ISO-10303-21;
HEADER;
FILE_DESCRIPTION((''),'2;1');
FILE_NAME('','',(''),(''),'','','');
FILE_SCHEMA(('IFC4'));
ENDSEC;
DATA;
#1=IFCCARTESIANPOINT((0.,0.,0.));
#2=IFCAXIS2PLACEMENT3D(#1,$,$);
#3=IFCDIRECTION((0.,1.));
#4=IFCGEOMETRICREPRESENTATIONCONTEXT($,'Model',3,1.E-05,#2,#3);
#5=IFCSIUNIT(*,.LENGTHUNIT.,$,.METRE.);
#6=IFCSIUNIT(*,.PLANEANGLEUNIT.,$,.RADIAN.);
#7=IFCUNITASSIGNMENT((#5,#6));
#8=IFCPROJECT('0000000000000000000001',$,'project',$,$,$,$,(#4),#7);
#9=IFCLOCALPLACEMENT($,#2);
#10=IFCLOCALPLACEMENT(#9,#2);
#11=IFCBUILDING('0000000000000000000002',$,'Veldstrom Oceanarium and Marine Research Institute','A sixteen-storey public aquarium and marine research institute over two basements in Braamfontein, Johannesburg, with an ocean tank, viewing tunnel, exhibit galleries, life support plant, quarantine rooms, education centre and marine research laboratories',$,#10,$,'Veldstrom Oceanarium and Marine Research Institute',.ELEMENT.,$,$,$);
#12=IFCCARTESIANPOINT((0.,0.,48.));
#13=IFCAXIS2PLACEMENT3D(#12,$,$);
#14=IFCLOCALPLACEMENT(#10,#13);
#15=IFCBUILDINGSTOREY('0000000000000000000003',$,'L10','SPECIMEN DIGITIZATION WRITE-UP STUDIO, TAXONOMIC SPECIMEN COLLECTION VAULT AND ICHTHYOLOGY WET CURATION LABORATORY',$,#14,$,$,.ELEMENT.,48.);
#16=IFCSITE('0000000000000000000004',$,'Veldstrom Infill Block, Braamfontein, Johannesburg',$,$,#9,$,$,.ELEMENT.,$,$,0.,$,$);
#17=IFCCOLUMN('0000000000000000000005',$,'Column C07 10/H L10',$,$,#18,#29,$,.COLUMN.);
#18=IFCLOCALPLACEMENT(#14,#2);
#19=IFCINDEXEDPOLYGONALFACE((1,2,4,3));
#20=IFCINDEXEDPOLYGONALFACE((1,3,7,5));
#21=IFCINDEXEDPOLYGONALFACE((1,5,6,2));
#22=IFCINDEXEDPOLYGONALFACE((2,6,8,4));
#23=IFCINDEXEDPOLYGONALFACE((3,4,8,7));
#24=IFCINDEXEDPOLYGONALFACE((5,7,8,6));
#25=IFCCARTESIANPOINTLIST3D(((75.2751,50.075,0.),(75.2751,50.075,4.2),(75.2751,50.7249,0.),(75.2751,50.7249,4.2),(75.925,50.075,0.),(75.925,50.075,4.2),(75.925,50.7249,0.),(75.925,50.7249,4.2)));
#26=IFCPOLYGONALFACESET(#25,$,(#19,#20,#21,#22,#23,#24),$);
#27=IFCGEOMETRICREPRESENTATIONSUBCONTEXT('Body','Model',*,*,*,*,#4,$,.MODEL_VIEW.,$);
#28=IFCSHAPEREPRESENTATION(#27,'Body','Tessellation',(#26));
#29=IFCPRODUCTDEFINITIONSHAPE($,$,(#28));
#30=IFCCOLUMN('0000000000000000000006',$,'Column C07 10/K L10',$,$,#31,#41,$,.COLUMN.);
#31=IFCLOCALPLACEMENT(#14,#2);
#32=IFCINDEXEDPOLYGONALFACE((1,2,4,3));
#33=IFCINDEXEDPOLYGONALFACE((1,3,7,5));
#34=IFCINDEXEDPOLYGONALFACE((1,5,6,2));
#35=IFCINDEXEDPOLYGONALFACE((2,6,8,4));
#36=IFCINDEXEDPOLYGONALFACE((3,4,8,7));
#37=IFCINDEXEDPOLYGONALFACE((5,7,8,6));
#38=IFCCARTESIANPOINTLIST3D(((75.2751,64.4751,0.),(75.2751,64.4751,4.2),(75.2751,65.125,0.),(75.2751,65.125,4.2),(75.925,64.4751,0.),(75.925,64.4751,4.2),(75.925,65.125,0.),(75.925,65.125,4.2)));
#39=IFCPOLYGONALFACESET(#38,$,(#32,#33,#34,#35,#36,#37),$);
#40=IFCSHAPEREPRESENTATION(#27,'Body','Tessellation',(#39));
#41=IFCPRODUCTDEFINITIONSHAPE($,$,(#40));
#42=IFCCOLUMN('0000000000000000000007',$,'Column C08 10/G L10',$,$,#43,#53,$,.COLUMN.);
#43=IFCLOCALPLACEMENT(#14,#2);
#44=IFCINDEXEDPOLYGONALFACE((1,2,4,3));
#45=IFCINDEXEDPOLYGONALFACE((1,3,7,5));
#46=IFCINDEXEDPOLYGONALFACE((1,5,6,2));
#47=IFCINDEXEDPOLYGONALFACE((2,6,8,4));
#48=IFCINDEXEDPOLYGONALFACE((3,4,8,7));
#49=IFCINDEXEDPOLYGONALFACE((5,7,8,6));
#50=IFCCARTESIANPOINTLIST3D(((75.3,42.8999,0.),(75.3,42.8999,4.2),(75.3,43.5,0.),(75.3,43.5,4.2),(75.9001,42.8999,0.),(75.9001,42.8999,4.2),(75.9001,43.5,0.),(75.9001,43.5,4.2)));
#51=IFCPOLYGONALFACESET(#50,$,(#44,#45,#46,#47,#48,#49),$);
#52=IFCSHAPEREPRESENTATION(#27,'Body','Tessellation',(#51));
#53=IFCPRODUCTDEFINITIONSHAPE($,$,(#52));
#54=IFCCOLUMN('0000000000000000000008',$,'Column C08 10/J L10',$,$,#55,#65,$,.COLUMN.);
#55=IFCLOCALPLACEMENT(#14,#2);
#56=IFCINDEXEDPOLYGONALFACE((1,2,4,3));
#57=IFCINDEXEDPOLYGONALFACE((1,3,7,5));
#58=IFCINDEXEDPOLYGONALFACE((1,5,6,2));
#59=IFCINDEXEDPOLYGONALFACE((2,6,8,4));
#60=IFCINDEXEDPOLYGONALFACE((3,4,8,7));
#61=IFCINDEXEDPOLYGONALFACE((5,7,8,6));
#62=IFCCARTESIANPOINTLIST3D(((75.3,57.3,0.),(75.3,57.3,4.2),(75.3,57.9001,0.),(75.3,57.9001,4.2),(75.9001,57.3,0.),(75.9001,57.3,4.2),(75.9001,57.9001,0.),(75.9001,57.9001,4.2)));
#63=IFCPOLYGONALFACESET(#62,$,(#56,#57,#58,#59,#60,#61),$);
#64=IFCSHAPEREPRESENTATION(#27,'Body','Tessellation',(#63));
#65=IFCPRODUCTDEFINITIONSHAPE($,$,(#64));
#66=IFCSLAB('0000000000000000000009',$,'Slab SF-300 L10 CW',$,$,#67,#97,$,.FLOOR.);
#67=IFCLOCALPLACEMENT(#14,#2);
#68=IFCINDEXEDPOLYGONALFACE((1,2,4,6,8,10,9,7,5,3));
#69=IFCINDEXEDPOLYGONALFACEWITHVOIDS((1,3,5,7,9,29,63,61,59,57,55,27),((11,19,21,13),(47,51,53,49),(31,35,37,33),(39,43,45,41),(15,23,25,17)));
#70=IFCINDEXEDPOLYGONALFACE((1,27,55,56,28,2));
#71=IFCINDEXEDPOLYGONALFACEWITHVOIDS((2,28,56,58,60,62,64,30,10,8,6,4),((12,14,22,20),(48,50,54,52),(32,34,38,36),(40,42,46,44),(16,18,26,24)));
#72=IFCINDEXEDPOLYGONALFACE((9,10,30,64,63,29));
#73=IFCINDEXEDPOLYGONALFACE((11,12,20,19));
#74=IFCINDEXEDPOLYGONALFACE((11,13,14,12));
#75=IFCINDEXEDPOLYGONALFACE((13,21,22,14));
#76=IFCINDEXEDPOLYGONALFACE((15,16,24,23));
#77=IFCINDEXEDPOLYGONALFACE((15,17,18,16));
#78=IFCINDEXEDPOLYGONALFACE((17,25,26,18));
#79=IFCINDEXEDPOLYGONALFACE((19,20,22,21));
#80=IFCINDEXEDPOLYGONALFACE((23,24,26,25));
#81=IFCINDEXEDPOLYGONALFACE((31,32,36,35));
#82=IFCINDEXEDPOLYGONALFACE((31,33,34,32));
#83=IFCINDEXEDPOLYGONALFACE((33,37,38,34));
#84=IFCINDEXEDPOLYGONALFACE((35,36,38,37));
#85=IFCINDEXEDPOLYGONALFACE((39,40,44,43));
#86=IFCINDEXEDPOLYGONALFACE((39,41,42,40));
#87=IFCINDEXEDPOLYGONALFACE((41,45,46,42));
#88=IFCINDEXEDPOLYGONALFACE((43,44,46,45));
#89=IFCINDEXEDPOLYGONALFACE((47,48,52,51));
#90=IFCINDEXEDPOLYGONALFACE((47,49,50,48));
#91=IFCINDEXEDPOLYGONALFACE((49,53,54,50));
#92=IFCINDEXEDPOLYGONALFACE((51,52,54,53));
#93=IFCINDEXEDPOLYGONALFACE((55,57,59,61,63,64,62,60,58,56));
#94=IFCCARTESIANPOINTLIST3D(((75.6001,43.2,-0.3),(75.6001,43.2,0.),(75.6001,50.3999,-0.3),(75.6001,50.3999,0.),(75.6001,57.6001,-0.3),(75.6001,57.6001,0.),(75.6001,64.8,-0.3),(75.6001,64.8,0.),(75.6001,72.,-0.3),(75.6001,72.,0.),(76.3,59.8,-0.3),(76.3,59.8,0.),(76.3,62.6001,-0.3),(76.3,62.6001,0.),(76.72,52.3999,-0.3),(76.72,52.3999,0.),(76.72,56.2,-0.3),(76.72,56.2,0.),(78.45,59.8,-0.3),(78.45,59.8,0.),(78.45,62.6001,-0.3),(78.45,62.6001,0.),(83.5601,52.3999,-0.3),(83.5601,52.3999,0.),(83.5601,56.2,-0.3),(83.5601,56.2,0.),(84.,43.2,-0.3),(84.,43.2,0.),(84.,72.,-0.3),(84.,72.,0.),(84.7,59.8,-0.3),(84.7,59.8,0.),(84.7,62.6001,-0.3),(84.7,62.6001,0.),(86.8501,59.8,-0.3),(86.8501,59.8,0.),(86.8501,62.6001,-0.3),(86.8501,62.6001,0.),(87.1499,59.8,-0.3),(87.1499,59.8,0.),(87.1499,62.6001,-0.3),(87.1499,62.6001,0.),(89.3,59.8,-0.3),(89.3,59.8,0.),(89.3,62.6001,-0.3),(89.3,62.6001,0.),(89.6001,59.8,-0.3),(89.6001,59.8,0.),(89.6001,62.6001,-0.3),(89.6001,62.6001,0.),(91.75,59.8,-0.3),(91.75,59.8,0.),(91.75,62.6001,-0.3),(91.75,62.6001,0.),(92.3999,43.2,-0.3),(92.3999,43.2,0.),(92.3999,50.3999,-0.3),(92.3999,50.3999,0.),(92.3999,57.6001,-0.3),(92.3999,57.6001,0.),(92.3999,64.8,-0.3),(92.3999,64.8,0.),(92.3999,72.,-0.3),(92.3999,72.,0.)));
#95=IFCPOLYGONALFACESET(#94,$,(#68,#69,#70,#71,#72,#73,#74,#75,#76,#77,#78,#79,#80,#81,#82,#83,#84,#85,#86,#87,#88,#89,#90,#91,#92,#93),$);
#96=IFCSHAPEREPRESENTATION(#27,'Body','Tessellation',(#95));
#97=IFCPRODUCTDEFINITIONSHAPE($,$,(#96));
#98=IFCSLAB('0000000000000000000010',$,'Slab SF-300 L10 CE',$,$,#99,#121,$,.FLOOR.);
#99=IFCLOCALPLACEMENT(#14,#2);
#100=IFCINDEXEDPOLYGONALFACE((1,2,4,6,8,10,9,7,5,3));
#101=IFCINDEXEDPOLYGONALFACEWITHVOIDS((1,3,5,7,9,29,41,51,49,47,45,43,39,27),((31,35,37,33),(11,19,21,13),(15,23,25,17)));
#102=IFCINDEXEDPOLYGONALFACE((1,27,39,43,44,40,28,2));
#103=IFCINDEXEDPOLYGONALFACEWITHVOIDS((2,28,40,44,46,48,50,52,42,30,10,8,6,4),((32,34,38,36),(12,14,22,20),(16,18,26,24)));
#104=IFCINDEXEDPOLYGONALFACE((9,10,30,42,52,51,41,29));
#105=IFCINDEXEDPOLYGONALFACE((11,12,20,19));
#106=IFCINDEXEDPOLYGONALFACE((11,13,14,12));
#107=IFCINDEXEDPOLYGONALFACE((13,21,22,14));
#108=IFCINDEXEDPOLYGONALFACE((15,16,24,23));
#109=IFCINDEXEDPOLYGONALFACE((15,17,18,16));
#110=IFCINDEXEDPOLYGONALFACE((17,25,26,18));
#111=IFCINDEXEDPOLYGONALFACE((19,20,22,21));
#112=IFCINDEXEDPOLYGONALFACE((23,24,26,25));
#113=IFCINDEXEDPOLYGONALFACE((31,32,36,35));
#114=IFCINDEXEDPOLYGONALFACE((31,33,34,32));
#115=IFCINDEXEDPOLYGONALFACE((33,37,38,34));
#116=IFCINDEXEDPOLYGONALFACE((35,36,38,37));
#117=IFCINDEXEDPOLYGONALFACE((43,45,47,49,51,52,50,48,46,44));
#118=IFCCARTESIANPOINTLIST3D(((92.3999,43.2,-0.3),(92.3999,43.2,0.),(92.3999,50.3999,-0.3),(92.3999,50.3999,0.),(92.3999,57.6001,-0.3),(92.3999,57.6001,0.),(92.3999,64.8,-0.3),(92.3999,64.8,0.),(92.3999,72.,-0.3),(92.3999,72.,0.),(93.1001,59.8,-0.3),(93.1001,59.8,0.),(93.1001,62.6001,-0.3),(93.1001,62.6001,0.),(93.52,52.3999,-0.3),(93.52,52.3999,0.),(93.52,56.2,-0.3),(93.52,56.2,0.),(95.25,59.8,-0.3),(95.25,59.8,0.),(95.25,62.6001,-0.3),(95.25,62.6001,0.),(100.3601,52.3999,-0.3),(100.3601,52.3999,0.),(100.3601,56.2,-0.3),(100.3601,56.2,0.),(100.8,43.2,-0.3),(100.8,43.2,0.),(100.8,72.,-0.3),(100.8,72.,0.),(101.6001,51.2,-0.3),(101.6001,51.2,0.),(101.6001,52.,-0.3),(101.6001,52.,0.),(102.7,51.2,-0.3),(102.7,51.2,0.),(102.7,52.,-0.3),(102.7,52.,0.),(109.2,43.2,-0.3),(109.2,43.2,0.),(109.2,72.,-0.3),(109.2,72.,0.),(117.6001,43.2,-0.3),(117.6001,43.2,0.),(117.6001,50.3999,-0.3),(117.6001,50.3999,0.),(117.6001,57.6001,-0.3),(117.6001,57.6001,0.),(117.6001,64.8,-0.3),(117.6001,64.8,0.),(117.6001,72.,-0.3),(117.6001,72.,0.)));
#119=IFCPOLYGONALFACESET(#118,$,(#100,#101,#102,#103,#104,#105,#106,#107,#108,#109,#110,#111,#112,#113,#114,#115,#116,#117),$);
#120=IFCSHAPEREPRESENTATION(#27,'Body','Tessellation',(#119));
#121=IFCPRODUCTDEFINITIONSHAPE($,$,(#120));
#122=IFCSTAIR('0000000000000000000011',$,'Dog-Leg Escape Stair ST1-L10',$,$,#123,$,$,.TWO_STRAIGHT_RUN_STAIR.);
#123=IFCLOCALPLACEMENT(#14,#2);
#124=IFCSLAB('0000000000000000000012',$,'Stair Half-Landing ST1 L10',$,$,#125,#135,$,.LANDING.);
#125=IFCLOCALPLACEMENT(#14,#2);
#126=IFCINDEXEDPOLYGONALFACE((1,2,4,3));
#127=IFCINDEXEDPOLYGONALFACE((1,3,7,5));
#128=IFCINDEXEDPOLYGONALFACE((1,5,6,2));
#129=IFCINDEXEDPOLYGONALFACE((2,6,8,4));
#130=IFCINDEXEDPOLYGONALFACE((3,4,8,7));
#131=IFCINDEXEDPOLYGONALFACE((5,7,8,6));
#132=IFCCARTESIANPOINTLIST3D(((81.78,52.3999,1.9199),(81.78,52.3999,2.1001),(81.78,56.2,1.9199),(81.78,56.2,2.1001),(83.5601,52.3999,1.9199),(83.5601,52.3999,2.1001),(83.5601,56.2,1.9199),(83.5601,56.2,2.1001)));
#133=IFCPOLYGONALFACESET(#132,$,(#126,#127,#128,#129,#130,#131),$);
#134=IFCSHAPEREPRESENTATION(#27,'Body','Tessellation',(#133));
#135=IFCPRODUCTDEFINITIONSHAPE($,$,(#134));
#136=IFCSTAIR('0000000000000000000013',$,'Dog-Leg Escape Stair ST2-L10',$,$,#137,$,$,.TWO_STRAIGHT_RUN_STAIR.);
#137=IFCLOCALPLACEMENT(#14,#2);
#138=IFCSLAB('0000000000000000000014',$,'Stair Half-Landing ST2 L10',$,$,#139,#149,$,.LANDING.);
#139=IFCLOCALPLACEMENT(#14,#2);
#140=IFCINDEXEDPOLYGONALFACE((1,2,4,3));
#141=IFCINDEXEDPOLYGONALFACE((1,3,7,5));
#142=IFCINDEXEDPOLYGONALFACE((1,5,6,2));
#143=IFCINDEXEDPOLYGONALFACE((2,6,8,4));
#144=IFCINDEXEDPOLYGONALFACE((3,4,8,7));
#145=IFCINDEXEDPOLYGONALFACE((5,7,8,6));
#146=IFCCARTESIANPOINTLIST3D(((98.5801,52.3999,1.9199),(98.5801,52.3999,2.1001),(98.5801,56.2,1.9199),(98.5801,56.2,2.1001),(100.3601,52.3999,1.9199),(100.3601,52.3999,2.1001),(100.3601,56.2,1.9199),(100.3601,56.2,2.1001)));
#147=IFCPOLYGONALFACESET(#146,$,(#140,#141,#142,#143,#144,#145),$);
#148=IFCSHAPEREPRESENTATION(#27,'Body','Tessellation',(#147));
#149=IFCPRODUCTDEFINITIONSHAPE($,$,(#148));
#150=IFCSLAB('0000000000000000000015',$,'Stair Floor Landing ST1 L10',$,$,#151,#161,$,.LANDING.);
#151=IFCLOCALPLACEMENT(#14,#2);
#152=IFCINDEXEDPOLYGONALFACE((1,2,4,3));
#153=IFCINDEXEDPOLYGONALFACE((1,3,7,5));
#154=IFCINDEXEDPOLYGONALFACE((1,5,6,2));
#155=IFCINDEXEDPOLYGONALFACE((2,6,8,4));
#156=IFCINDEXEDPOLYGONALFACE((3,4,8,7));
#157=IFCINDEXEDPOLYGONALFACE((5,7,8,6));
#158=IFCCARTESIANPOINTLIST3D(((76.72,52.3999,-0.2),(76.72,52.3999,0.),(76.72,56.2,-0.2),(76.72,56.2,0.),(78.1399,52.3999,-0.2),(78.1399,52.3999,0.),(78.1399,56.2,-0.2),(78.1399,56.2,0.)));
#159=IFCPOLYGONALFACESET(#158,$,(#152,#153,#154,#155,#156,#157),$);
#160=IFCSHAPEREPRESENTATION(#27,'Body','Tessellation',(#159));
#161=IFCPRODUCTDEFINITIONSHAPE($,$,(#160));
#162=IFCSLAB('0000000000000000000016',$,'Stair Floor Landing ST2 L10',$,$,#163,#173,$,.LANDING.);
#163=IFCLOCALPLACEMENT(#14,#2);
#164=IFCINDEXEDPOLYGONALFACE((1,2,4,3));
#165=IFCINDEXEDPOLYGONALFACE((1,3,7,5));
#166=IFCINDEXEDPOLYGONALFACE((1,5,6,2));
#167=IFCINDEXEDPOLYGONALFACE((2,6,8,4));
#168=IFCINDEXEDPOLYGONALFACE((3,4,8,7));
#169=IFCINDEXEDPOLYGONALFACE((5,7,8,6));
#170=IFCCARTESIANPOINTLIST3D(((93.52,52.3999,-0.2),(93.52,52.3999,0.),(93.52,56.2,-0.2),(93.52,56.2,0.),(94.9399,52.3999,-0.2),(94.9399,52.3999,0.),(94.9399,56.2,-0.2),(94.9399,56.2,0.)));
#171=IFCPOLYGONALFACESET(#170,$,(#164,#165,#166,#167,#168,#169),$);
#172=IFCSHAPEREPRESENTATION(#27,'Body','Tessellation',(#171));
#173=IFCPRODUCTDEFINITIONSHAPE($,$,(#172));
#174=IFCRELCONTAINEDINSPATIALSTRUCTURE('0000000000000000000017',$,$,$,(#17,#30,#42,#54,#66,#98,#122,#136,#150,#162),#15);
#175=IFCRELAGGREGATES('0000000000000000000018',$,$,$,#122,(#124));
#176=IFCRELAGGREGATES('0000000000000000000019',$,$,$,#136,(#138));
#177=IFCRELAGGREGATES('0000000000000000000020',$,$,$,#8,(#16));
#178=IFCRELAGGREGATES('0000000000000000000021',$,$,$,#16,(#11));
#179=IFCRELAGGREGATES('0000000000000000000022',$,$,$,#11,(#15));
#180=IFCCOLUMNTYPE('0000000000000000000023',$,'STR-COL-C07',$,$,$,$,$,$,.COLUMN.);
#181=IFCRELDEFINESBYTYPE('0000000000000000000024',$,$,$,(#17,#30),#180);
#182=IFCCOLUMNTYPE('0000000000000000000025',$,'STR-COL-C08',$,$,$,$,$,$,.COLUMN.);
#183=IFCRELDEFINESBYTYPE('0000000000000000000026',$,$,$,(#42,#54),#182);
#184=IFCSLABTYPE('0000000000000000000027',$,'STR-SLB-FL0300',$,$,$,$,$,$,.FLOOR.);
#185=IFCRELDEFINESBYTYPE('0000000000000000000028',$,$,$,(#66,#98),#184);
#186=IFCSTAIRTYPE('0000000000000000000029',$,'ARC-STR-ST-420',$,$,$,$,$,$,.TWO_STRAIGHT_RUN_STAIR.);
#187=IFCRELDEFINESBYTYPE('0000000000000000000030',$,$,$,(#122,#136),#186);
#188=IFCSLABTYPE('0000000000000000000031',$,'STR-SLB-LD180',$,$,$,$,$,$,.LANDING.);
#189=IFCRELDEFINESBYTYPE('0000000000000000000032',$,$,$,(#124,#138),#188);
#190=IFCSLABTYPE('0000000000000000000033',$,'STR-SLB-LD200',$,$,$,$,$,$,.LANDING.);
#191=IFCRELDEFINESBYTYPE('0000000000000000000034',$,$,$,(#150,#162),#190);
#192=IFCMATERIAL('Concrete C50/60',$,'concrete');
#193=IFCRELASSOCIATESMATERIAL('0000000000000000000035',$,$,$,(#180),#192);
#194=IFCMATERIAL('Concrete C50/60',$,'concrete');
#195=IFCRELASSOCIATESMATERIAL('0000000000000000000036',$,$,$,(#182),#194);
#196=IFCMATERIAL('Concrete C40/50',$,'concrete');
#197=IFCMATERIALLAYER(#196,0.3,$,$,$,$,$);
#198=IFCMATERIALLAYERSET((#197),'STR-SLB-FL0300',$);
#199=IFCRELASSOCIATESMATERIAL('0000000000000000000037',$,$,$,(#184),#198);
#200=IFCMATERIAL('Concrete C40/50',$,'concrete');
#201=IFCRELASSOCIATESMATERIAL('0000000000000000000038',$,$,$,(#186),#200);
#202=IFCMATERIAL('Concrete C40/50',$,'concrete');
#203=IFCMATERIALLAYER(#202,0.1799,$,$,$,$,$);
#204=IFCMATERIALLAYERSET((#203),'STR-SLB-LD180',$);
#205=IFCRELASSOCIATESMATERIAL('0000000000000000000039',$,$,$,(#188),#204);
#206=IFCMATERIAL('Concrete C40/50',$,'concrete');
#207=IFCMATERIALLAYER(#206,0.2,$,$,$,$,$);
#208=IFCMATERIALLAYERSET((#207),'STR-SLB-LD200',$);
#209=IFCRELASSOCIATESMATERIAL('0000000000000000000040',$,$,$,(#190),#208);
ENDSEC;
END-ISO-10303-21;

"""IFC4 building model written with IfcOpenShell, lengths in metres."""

from ifc_helpers import new_model, si_unit, direction, frame, origin, origin_2d, place, context, subcontext, project, spatial, polyline, rectangle, outline, extrude, material, layer, layer_set, material_profile, profile_set, type_object, element, aggregate, save


model = new_model("IFC4")

# Units and contexts
model_context = context("Model", 3, precision=1e-05, world=origin(), true_north=direction((0.0, 1.0)))
body_context = subcontext(model_context, "Body", "Model", "MODEL_VIEW")
ifc_project = project(units=[si_unit("LENGTHUNIT", "METRE"), si_unit("PLANEANGLEUNIT", "RADIAN")], contexts=[model_context])

# Site, building, storey
site_placement = place(None, origin())
site = spatial("IfcSite", under=ifc_project, at=site_placement, Name="Veldstrom Infill Block, Braamfontein, Johannesburg", CompositionType="ELEMENT", RefElevation=0.0)
building_placement = place(site_placement, origin())
building = spatial("IfcBuilding", under=site, at=building_placement, Name="Veldstrom Oceanarium and Marine Research Institute", Description="A sixteen-storey public aquarium and marine research institute over two basements in Braamfontein, Johannesburg, with an ocean tank, viewing tunnel, exhibit galleries, life support plant, quarantine rooms, education centre and marine research laboratories", LongName="Veldstrom Oceanarium and Marine Research Institute", CompositionType="ELEMENT")
storey_placement = place(building_placement, frame((0.0, 0.0, 48.0)))
storey = spatial("IfcBuildingStorey", under=building, at=storey_placement, Name="L10", Description="SPECIMEN DIGITIZATION WRITE-UP STUDIO, TAXONOMIC SPECIMEN COLLECTION VAULT AND ICHTHYOLOGY WET CURATION LABORATORY", CompositionType="ELEMENT", Elevation=48.0)

# Columns
ifc_material_1 = material(Name="Concrete C50/60", Category="concrete")
ifc_material_profile_1 = material_profile(ifc_material_1, rectangle(XDim=0.6499, YDim=0.6499, at=origin_2d()), Name="RC-COL-650x650")
ifc_profile_set_1 = profile_set([ifc_material_profile_1], Name="Concrete C50/60")
column_type_1 = type_object("IfcColumnType", Name="STR-COL-C07", PredefinedType="COLUMN", material=ifc_profile_set_1)
for number, where, z_axis, x_axis, name in (
    (1, (75.6001, 50.3999, 0.0), (0.0, 0.0, 1.0), (1.0, 0.0, 0.0), "Column C07 10/H L10"),
    (2, (75.6001, 64.8, 0.0), (0.0, 0.0, 1.0), (1.0, 0.0, 0.0), "Column C07 10/K L10"),
):
    element("IfcColumn", number, at=place(storey_placement, frame(where, z_axis=z_axis, x_axis=x_axis)), inside=storey, type_object=column_type_1, Name=name, PredefinedType="COLUMN", context=body_context, shape_type="SweptSolid", body=[
        extrude(rectangle(XDim=0.6499, YDim=0.6499, at=origin_2d()), origin(), (0.0, 0.0, 1.0), 4.2),
    ])
ifc_material_2 = material(Name="Concrete C50/60", Category="concrete")
ifc_material_profile_2 = material_profile(ifc_material_2, rectangle(XDim=0.6001, YDim=0.6001, at=origin_2d()), Name="RC-COL-600x600")
ifc_profile_set_2 = profile_set([ifc_material_profile_2], Name="Concrete C50/60")
column_type_2 = type_object("IfcColumnType", Name="STR-COL-C08", PredefinedType="COLUMN", material=ifc_profile_set_2)
for number, where, z_axis, x_axis, name in (
    (3, (75.6001, 43.2, 0.0), (0.0, 0.0, 1.0), (1.0, 0.0, 0.0), "Column C08 10/G L10"),
    (4, (75.6001, 57.6001, 0.0), (0.0, 0.0, 1.0), (1.0, 0.0, 0.0), "Column C08 10/J L10"),
):
    element("IfcColumn", number, at=place(storey_placement, frame(where, z_axis=z_axis, x_axis=x_axis)), inside=storey, type_object=column_type_2, Name=name, PredefinedType="COLUMN", context=body_context, shape_type="SweptSolid", body=[
        extrude(rectangle(XDim=0.6001, YDim=0.6001, at=origin_2d()), origin(), (0.0, 0.0, 1.0), 4.2),
    ])

# Slabs
ifc_material_3 = material(Name="Concrete C40/50", Category="concrete")
ifc_layer_1 = layer(ifc_material_3, 0.3)
ifc_layer_set_1 = layer_set([ifc_layer_1], Name="STR-SLB-FL0300")
slab_type_1 = type_object("IfcSlabType", Name="STR-SLB-FL0300", PredefinedType="FLOOR", material=ifc_layer_set_1)
slab_1_placement = place(storey_placement, frame((0.0, 0.0, -0.3)))
element("IfcSlab", 5, at=slab_1_placement, inside=storey, type_object=slab_type_1, Name="Slab SF-300 L10 CW", PredefinedType="FLOOR", context=body_context, shape_type="SweptSolid", body=[
    extrude(outline(polyline([(92.3999, 50.3999), (92.3999, 43.2), (84.0, 43.2), (75.6001, 43.2), (75.6001, 50.3999), (75.6001, 57.6001), (75.6001, 64.8), (75.6001, 72.0), (84.0, 72.0), (92.3999, 72.0), (92.3999, 64.8), (92.3999, 57.6001), (92.3999, 50.3999)]), holes=[polyline([(76.72, 52.3999), (83.5601, 52.3999), (83.5601, 56.2), (76.72, 56.2), (76.72, 52.3999)]), polyline([(78.45, 62.6001), (76.3, 62.6001), (76.3, 59.8), (78.45, 59.8), (78.45, 62.6001)]), polyline([(84.7, 59.8), (86.8501, 59.8), (86.8501, 62.6001), (84.7, 62.6001), (84.7, 59.8)]), polyline([(87.1499, 62.6001), (87.1499, 59.8), (89.3, 59.8), (89.3, 62.6001), (87.1499, 62.6001)]), polyline([(91.75, 62.6001), (89.6001, 62.6001), (89.6001, 59.8), (91.75, 59.8), (91.75, 62.6001)])]), origin(), (0.0, 0.0, 1.0), 0.3),
])
slab_2_placement = place(storey_placement, frame((0.0, 0.0, -0.3)))
element("IfcSlab", 6, at=slab_2_placement, inside=storey, type_object=slab_type_1, Name="Slab SF-300 L10 CE", PredefinedType="FLOOR", context=body_context, shape_type="SweptSolid", body=[
    extrude(outline(polyline([(117.6001, 57.6001), (117.6001, 50.3999), (117.6001, 43.2), (109.2, 43.2), (100.8, 43.2), (92.3999, 43.2), (92.3999, 50.3999), (92.3999, 57.6001), (92.3999, 64.8), (92.3999, 72.0), (100.8, 72.0), (109.2, 72.0), (117.6001, 72.0), (117.6001, 64.8), (117.6001, 57.6001)]), holes=[polyline([(93.52, 52.3999), (100.3601, 52.3999), (100.3601, 56.2), (93.52, 56.2), (93.52, 52.3999)]), polyline([(95.25, 62.6001), (93.1001, 62.6001), (93.1001, 59.8), (95.25, 59.8), (95.25, 62.6001)]), polyline([(102.7, 52.0), (101.6001, 52.0), (101.6001, 51.2), (102.7, 51.2), (102.7, 52.0)])]), origin(), (0.0, 0.0, 1.0), 0.3),
])

# Stairs, slabs
ifc_material_4 = material(Name="Concrete C40/50", Category="concrete")
stair_type = type_object("IfcStairType", Name="ARC-STR-ST-420", PredefinedType="TWO_STRAIGHT_RUN_STAIR", material=ifc_material_4)
stair_1_placement = place(storey_placement, origin())
stair_1 = element("IfcStair", 7, at=stair_1_placement, inside=storey, type_object=stair_type, Name="Dog-Leg Escape Stair ST1-L10", PredefinedType="TWO_STRAIGHT_RUN_STAIR")
ifc_material_5 = material(Name="Concrete C40/50", Category="concrete")
ifc_layer_2 = layer(ifc_material_5, 0.1799)
ifc_layer_set_2 = layer_set([ifc_layer_2], Name="STR-SLB-LD180")
slab_type_2 = type_object("IfcSlabType", Name="STR-SLB-LD180", PredefinedType="LANDING", material=ifc_layer_set_2)
slab_3_placement = place(storey_placement, frame((0.0, 0.0, 1.9199)))
slab_3 = element("IfcSlab", 8, at=slab_3_placement, type_object=slab_type_2, Name="Stair Half-Landing ST1 L10", PredefinedType="LANDING", context=body_context, shape_type="SweptSolid", body=[
    extrude(outline(polyline([(81.78, 52.3999), (83.5601, 52.3999), (83.5601, 56.2), (81.78, 56.2), (81.78, 52.3999)])), origin(), (0.0, 0.0, 1.0), 0.1802),
])
aggregate(stair_1, [slab_3])
stair_2_placement = place(storey_placement, origin())
stair_2 = element("IfcStair", 9, at=stair_2_placement, inside=storey, type_object=stair_type, Name="Dog-Leg Escape Stair ST2-L10", PredefinedType="TWO_STRAIGHT_RUN_STAIR")
slab_4_placement = place(storey_placement, frame((0.0, 0.0, 1.9199)))
slab_4 = element("IfcSlab", 10, at=slab_4_placement, type_object=slab_type_2, Name="Stair Half-Landing ST2 L10", PredefinedType="LANDING", context=body_context, shape_type="SweptSolid", body=[
    extrude(outline(polyline([(98.5801, 52.3999), (100.3601, 52.3999), (100.3601, 56.2), (98.5801, 56.2), (98.5801, 52.3999)])), origin(), (0.0, 0.0, 1.0), 0.1802),
])
aggregate(stair_2, [slab_4])

# Slabs
ifc_material_6 = material(Name="Concrete C40/50", Category="concrete")
ifc_layer_3 = layer(ifc_material_6, 0.2)
ifc_layer_set_3 = layer_set([ifc_layer_3], Name="STR-SLB-LD200")
slab_type_3 = type_object("IfcSlabType", Name="STR-SLB-LD200", PredefinedType="LANDING", material=ifc_layer_set_3)
slab_5_placement = place(storey_placement, frame((0.0, 0.0, -0.2)))
element("IfcSlab", 11, at=slab_5_placement, inside=storey, type_object=slab_type_3, Name="Stair Floor Landing ST1 L10", PredefinedType="LANDING", context=body_context, shape_type="SweptSolid", body=[
    extrude(outline(polyline([(76.72, 52.3999), (78.1399, 52.3999), (78.1399, 56.2), (76.72, 56.2), (76.72, 52.3999)])), origin(), (0.0, 0.0, 1.0), 0.2),
])
slab_6_placement = place(storey_placement, frame((0.0, 0.0, -0.2)))
element("IfcSlab", 12, at=slab_6_placement, inside=storey, type_object=slab_type_3, Name="Stair Floor Landing ST2 L10", PredefinedType="LANDING", context=body_context, shape_type="SweptSolid", body=[
    extrude(outline(polyline([(93.52, 52.3999), (94.9399, 52.3999), (94.9399, 56.2), (93.52, 56.2), (93.52, 52.3999)])), origin(), (0.0, 0.0, 1.0), 0.2),
])

save(model, "model.ifc")
